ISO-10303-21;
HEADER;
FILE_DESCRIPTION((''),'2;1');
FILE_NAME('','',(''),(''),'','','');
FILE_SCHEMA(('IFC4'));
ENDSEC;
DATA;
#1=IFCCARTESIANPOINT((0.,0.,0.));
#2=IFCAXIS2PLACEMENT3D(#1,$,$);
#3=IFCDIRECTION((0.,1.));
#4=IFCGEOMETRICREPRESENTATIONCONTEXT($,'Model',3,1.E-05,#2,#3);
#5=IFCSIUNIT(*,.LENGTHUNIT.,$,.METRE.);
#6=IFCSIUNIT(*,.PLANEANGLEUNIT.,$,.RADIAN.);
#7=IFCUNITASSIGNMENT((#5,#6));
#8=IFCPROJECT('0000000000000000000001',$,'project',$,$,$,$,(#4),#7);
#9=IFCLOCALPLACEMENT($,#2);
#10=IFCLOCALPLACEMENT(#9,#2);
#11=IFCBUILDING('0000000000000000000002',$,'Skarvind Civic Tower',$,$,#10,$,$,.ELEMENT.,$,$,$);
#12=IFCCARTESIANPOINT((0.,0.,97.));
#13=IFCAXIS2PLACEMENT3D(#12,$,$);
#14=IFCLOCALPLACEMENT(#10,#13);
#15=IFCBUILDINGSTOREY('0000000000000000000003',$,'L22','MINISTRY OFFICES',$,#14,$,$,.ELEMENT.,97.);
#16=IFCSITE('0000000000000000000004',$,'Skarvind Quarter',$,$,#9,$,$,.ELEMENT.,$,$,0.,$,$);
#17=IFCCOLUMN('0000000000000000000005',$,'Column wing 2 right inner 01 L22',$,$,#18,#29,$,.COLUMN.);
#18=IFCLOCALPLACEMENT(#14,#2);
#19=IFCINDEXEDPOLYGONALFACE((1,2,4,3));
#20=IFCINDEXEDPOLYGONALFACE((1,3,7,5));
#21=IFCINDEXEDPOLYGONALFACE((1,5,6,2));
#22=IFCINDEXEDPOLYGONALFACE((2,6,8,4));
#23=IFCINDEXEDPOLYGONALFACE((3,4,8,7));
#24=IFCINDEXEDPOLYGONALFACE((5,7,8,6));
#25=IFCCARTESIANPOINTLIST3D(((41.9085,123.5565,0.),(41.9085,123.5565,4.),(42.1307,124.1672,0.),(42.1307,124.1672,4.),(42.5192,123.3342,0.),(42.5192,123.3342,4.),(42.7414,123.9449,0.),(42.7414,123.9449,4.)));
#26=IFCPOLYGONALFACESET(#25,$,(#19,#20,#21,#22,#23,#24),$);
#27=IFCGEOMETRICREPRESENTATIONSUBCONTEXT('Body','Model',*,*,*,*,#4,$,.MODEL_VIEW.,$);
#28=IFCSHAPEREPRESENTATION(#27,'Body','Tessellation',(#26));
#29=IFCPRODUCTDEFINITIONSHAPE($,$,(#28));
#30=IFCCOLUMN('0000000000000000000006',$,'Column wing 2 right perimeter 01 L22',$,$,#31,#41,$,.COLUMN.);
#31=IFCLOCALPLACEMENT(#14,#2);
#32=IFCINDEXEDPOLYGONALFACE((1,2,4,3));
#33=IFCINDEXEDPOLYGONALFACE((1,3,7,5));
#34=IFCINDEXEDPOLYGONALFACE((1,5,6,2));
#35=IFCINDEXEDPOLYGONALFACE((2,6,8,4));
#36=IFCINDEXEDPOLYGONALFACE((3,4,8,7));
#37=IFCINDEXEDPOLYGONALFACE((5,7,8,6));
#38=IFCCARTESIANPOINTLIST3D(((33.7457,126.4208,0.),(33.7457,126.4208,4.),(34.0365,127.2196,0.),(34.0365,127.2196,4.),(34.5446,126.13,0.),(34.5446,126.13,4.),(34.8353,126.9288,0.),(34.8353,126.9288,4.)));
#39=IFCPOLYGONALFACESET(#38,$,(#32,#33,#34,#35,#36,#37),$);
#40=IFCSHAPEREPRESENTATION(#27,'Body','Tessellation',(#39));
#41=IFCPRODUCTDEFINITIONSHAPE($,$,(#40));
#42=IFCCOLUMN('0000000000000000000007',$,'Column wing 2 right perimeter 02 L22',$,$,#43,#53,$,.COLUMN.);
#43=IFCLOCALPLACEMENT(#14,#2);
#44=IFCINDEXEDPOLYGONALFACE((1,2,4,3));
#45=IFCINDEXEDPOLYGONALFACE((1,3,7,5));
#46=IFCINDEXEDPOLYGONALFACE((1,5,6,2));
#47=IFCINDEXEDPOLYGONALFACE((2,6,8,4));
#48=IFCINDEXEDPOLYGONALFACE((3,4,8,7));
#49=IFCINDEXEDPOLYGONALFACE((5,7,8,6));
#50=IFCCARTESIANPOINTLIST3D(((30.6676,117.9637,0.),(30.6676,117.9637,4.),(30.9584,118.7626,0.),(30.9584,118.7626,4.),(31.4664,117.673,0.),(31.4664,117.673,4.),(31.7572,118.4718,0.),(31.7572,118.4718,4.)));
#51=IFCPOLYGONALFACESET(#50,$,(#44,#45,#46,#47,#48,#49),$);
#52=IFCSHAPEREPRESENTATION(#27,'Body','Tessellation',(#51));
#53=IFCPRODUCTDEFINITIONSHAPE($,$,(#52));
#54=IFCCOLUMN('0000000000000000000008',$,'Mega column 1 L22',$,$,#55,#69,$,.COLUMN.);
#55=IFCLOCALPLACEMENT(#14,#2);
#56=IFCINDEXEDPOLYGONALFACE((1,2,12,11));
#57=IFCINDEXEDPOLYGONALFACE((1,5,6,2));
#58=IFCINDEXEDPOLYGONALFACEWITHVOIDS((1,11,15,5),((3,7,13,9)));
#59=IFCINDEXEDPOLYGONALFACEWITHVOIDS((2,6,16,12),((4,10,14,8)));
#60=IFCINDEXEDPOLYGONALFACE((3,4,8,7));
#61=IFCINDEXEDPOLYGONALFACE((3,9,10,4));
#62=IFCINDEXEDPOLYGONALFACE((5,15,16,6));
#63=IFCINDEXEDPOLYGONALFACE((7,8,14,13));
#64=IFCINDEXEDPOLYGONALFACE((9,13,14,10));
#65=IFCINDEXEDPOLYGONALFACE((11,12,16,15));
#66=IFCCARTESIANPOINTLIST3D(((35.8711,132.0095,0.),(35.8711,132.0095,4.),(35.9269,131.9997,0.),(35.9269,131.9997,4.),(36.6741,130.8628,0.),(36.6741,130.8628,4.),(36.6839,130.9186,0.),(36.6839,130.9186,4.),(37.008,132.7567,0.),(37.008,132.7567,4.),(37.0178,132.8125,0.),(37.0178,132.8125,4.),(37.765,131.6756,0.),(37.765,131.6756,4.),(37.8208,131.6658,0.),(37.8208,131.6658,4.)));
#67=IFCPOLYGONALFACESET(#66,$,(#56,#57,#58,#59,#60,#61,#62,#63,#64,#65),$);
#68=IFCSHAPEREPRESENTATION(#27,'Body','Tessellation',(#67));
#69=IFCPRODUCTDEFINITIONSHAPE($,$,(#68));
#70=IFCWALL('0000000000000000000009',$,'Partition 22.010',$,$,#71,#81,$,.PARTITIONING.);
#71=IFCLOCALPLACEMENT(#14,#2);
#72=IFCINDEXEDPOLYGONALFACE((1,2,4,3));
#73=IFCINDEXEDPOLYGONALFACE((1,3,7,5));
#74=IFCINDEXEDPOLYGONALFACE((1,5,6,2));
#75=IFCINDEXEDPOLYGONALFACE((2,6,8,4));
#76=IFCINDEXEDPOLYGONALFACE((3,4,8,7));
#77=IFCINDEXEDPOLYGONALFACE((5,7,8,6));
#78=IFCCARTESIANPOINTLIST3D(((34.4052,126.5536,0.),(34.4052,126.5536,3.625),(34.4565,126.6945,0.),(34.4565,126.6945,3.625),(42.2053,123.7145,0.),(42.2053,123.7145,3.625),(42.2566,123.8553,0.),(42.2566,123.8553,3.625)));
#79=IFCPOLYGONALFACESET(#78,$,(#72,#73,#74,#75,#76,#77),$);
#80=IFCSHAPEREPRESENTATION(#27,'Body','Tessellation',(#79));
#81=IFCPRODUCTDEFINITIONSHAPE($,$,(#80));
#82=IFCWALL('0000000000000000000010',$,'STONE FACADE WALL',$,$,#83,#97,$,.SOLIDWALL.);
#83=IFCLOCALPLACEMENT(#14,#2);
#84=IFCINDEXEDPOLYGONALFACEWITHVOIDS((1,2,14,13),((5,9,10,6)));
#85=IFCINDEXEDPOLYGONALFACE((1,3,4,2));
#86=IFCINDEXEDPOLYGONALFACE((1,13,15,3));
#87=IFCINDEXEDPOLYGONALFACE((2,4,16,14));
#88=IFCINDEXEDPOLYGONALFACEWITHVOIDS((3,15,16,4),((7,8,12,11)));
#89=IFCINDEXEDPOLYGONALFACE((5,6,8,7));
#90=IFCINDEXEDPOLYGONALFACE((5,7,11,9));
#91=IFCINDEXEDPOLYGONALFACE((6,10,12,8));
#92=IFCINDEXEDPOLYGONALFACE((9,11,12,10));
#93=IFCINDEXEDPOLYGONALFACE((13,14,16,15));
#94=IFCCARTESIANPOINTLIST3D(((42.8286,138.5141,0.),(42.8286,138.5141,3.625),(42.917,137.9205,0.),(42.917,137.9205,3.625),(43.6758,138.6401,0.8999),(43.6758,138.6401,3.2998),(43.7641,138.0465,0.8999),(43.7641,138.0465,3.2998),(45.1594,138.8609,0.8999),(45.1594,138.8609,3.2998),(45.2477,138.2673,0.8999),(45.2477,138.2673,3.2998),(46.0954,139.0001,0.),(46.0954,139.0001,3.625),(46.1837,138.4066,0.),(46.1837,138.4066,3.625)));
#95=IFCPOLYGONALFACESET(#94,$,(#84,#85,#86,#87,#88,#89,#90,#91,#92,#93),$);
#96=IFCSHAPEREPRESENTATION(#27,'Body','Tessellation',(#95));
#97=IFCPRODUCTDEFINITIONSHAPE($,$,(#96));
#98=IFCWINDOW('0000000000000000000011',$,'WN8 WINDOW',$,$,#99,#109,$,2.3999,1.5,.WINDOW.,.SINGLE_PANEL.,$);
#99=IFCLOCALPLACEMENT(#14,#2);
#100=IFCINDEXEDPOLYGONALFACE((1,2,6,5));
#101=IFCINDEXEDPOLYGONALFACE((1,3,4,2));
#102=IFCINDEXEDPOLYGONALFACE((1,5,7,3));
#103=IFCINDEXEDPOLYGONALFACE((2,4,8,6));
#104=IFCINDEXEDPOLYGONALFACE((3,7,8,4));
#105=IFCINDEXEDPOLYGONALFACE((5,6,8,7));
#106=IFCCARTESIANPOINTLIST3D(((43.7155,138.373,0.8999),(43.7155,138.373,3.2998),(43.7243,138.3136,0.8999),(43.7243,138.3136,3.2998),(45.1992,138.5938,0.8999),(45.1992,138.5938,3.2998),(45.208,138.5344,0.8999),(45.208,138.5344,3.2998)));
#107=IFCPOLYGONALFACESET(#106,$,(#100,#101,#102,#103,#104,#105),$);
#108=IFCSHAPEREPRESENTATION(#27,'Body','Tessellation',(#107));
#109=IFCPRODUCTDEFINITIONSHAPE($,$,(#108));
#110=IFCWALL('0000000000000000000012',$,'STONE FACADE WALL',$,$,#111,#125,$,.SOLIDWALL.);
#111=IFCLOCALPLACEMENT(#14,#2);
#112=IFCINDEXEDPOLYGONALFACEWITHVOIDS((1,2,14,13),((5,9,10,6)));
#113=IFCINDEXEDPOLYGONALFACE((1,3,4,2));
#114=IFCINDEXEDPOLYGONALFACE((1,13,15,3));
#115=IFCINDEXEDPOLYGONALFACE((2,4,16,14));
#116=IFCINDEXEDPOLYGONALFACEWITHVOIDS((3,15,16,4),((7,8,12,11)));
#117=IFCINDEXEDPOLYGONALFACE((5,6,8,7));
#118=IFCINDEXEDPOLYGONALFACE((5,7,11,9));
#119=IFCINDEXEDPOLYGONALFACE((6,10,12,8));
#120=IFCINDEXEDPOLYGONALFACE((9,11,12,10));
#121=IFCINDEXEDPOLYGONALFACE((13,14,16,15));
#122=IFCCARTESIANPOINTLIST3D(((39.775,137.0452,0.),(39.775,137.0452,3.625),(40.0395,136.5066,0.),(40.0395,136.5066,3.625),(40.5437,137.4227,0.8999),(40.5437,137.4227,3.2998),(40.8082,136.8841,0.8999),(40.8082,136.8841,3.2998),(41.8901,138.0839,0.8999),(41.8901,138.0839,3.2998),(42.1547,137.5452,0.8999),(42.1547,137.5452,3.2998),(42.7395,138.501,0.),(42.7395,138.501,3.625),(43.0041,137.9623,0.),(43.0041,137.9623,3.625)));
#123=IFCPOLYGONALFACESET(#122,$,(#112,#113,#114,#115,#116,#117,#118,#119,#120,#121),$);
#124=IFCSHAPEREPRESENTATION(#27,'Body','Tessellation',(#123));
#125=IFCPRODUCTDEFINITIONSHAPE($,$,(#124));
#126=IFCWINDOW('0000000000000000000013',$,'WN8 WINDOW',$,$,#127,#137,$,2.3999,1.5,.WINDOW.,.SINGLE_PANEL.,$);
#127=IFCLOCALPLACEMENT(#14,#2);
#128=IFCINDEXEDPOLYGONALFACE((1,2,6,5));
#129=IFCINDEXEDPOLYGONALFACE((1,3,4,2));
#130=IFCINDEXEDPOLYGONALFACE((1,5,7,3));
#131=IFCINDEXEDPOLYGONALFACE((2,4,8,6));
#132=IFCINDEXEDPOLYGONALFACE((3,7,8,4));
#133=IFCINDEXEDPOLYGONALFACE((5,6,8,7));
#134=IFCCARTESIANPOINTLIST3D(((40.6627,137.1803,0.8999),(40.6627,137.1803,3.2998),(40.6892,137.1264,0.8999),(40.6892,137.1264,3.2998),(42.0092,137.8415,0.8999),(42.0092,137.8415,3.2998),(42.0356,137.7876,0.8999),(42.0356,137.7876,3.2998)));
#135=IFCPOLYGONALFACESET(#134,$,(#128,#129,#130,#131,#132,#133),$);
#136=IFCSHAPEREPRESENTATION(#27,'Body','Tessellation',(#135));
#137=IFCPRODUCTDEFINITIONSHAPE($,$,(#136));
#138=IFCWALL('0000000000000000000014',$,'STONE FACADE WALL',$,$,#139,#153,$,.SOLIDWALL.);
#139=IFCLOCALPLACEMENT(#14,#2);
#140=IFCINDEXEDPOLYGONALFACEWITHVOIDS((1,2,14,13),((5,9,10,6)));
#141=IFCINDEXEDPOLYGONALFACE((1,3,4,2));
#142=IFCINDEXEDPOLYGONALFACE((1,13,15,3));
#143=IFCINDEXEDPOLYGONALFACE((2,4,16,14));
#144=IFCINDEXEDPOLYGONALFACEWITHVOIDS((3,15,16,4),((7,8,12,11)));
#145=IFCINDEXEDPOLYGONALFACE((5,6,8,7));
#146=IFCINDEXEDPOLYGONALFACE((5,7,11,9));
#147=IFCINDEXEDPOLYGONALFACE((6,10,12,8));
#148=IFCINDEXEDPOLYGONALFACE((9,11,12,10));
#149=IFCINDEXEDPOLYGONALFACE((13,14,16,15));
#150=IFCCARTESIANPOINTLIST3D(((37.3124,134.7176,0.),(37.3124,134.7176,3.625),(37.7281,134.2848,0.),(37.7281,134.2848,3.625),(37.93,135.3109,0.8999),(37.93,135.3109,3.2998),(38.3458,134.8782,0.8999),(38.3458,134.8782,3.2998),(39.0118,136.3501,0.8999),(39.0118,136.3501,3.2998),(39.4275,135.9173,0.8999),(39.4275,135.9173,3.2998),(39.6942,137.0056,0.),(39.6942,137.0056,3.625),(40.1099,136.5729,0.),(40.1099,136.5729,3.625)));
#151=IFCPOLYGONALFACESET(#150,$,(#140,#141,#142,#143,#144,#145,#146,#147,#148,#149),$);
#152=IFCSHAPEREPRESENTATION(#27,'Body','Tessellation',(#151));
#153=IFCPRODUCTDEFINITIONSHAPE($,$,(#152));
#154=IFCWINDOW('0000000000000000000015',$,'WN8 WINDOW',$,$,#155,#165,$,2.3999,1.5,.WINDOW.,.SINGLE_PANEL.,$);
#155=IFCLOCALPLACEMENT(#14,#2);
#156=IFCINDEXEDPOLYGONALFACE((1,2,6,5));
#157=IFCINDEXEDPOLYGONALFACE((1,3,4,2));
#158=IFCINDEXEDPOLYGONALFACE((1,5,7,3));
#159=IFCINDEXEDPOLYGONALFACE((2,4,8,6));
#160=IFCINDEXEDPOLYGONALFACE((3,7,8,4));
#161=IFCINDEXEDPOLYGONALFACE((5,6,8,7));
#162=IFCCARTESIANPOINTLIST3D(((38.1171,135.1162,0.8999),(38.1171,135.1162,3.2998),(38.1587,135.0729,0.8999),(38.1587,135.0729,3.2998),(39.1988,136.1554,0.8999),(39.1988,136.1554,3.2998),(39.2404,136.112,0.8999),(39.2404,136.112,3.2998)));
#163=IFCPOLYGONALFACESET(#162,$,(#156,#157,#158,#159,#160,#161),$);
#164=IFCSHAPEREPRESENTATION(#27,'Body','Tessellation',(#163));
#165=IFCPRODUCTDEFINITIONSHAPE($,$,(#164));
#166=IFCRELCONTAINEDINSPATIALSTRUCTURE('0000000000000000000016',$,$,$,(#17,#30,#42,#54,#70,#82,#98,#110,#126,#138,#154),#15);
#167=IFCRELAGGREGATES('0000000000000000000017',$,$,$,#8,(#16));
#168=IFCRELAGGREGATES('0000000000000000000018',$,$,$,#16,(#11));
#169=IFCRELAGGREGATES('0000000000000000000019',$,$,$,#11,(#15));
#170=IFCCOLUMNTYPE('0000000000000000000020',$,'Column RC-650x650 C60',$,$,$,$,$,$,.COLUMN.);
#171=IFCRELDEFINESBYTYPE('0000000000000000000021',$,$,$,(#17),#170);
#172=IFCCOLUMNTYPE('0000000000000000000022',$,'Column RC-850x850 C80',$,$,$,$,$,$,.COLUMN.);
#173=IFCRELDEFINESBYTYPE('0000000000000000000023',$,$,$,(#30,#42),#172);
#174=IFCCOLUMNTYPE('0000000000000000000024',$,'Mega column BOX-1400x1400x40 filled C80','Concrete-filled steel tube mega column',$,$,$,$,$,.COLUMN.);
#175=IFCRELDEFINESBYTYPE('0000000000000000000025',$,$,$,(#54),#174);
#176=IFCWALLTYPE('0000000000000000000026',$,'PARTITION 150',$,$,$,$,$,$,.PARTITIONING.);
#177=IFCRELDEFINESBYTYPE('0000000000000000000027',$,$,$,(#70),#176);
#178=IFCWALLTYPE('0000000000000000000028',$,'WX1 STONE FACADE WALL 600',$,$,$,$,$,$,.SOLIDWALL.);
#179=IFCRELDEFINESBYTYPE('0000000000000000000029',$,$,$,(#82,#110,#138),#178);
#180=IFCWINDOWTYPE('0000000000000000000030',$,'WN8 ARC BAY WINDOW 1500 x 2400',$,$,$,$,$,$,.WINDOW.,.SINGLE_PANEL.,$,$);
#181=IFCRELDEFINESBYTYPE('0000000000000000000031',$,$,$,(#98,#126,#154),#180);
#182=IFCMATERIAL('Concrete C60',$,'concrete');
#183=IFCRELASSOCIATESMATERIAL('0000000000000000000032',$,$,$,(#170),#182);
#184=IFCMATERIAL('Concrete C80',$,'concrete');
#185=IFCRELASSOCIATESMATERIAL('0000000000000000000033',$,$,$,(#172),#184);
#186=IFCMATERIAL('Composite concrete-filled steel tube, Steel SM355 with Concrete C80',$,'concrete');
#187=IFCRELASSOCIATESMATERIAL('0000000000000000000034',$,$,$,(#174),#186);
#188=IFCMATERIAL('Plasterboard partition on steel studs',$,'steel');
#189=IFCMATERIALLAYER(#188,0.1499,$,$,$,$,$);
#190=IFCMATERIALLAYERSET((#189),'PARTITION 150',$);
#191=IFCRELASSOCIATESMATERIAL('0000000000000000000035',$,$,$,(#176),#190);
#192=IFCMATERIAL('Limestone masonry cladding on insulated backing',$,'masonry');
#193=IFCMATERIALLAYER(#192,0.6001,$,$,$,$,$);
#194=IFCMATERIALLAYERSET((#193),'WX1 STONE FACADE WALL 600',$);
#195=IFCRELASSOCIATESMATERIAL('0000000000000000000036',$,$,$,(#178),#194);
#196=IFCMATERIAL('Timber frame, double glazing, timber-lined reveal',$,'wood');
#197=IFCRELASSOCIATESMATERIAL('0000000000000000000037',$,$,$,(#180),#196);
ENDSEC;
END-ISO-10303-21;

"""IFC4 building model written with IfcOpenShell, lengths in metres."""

from ifc_helpers import new_model, si_unit, direction, frame, frame_2d, origin, origin_2d, place, context, subcontext, project, spatial, rectangle, hollow_rectangle, extrude, material, layer, layer_set, material_profile, profile_set, type_object, element, fill, save


model = new_model("IFC4")

# Units and contexts
model_context = context("Model", 3, precision=1e-05, world=origin(), true_north=direction((0.0, 1.0)))
body_context = subcontext(model_context, "Body", "Model", "MODEL_VIEW")
ifc_project = project(units=[si_unit("LENGTHUNIT", "METRE"), si_unit("PLANEANGLEUNIT", "RADIAN")], contexts=[model_context])

# Site, building, storey
site_placement = place(None, origin())
site = spatial("IfcSite", under=ifc_project, at=site_placement, Name="Skarvind Quarter", CompositionType="ELEMENT", RefElevation=0.0)
building_placement = place(site_placement, origin())
building = spatial("IfcBuilding", under=site, at=building_placement, Name="Skarvind Civic Tower", CompositionType="ELEMENT")
storey_placement = place(building_placement, frame((0.0, 0.0, 97.0)))
storey = spatial("IfcBuildingStorey", under=building, at=storey_placement, Name="L22", Description="MINISTRY OFFICES", CompositionType="ELEMENT", Elevation=97.0)

# Columns
ifc_material_1 = material(Name="Concrete C60", Category="concrete")
ifc_material_profile_1 = material_profile(ifc_material_1, rectangle(XDim=0.6499, YDim=0.6499, at=origin_2d()), Name="RC-650x650")
ifc_profile_set_1 = profile_set([ifc_material_profile_1], Name="Concrete C60")
column_type_1 = type_object("IfcColumnType", Name="Column RC-650x650 C60", PredefinedType="COLUMN", material=ifc_profile_set_1)
column_1_placement = place(storey_placement, frame((42.325, 123.7507, 0.0), z_axis=(0.0, 0.0, 1.0), x_axis=(-0.34202, -0.939693, 0.0)))
element("IfcColumn", 1, at=column_1_placement, inside=storey, type_object=column_type_1, Name="Column wing 2 right inner 01 L22", PredefinedType="COLUMN", context=body_context, shape_type="SweptSolid", body=[
    extrude(rectangle(XDim=0.6499, YDim=0.6499, at=origin_2d()), origin(), (0.0, 0.0, 1.0), 4.0),
])
ifc_material_2 = material(Name="Concrete C80", Category="concrete")
ifc_material_profile_2 = material_profile(ifc_material_2, rectangle(XDim=0.8501, YDim=0.8501, at=origin_2d()), Name="RC-850x850")
ifc_profile_set_2 = profile_set([ifc_material_profile_2], Name="Concrete C80")
column_type_2 = type_object("IfcColumnType", Name="Column RC-850x850 C80", PredefinedType="COLUMN", material=ifc_profile_set_2)
for number, where, z_axis, x_axis, name in (
    (2, (34.2905, 126.6748, 0.0), (0.0, 0.0, 1.0), (-0.34202, -0.939693, 0.0), "Column wing 2 right perimeter 01 L22"),
    (3, (31.2124, 118.2178, 0.0), (0.0, 0.0, 1.0), (-0.34202, -0.939693, 0.0), "Column wing 2 right perimeter 02 L22"),
):
    element("IfcColumn", number, at=place(storey_placement, frame(where, z_axis=z_axis, x_axis=x_axis)), inside=storey, type_object=column_type_2, Name=name, PredefinedType="COLUMN", context=body_context, shape_type="SweptSolid", body=[
        extrude(rectangle(XDim=0.8501, YDim=0.8501, at=origin_2d()), origin(), (0.0, 0.0, 1.0), 4.0),
    ])
ifc_material_3 = material(Name="Composite concrete-filled steel tube, Steel SM355 with Concrete C80", Category="concrete")
ifc_material_profile_3 = material_profile(ifc_material_3, hollow_rectangle(XDim=1.3999, YDim=1.3999, WallThickness=0.04, at=origin_2d()), Name="BOX-1400x1400x40")
ifc_profile_set_3 = profile_set([ifc_material_profile_3], Name="Composite concrete-filled steel tube, Steel SM355 with Concrete C80")
column_type_3 = type_object("IfcColumnType", Name="Mega column BOX-1400x1400x40 filled C80", Description="Concrete-filled steel tube mega column", PredefinedType="COLUMN", material=ifc_profile_set_3)
column_2_placement = place(storey_placement, frame((36.8459, 131.8376, 0.0), z_axis=(0.0, 0.0, 1.0), x_axis=(0.573576, -0.819152, 0.0)))
element("IfcColumn", 4, at=column_2_placement, inside=storey, type_object=column_type_3, Name="Mega column 1 L22", PredefinedType="COLUMN", context=body_context, shape_type="SweptSolid", body=[
    extrude(hollow_rectangle(XDim=1.3999, YDim=1.3999, WallThickness=0.04, at=origin_2d()), origin(), (0.0, 0.0, 1.0), 4.0),
])

# Wall
ifc_material_4 = material(Name="Plasterboard partition on steel studs", Category="steel")
ifc_layer_1 = layer(ifc_material_4, 0.1499)
ifc_layer_set_1 = layer_set([ifc_layer_1], Name="PARTITION 150")
wall_type_1 = type_object("IfcWallType", Name="PARTITION 150", PredefinedType="PARTITIONING", material=ifc_layer_set_1)
wall_1_placement = place(storey_placement, frame((42.231, 123.7849, 0.0), z_axis=(0.0, 0.0, 1.0), x_axis=(-0.939688, 0.342034, 0.0)))
element("IfcWall", 5, at=wall_1_placement, inside=storey, type_object=wall_type_1, Name="Partition 22.010", PredefinedType="PARTITIONING", context=body_context, shape_type="SweptSolid", body=[
    extrude(rectangle(XDim=8.3008, YDim=0.1499, at=frame_2d((4.1504, 0.0))), origin(), (0.0, 0.0, 1.0), 3.625),
])

# Walls, openings, windows
ifc_material_5 = material(Name="Limestone masonry cladding on insulated backing", Category="masonry")
ifc_layer_2 = layer(ifc_material_5, 0.6001)
ifc_layer_set_2 = layer_set([ifc_layer_2], Name="WX1 STONE FACADE WALL 600")
wall_type_2 = type_object("IfcWallType", Name="WX1 STONE FACADE WALL 600", PredefinedType="SOLIDWALL", material=ifc_layer_set_2)
wall_2_placement = place(storey_placement, frame((42.8728, 138.2173, 0.0), z_axis=(0.0, 0.0, 1.0), x_axis=(0.989111, 0.147173, 0.0)))
wall_2 = element("IfcWall", 6, at=wall_2_placement, inside=storey, type_object=wall_type_2, Name="STONE FACADE WALL", PredefinedType="SOLIDWALL", context=body_context, shape_type="SweptSolid", body=[
    extrude(rectangle(XDim=3.3027, YDim=0.6001, at=frame_2d((1.6514, 0.0))), origin(), (0.0, 0.0, 1.0), 3.625),
])
opening_1_placement = place(wall_2_placement, frame((0.8564, 0.0, 0.8999)))
opening_1 = element("IfcOpeningElement", 7, at=opening_1_placement, cuts=wall_2, PredefinedType="OPENING", context=body_context, shape_type="SweptSolid", body=[
    extrude(rectangle(XDim=1.5, YDim=2.3999, at=frame_2d((0.75, 1.2))), frame((0.0, 0.3101, 0.0), z_axis=(0.0, -1.0, 0.0), x_axis=(1.0, 0.0, 0.0)), (0.0, 0.0, 1.0), 0.6201),
])
ifc_material_6 = material(Name="Timber frame, double glazing, timber-lined reveal", Category="wood")
window_type = type_object("IfcWindowType", Name="WN8 ARC BAY WINDOW 1500 x 2400", PartitioningType="SINGLE_PANEL", PredefinedType="WINDOW", material=ifc_material_6)
window_1_placement = place(opening_1_placement, origin())
window_1 = element("IfcWindow", 8, at=window_1_placement, inside=storey, type_object=window_type, Name="WN8 WINDOW", OverallHeight=2.3999, OverallWidth=1.5, PartitioningType="SINGLE_PANEL", PredefinedType="WINDOW", context=body_context, shape_type="SweptSolid", body=[
    extrude(rectangle(XDim=1.5, YDim=2.3999, at=frame_2d((0.75, 1.2))), frame((0.0, 0.03, 0.0), z_axis=(0.0, -1.0, 0.0), x_axis=(1.0, 0.0, 0.0)), (0.0, 0.0, 1.0), 0.0601),
])
fill(opening_1, window_1)
wall_3_placement = place(storey_placement, frame((39.9072, 136.7759, 0.0), z_axis=(0.0, 0.0, 1.0), x_axis=(0.897612, 0.440786, 0.0)))
wall_3 = element("IfcWall", 9, at=wall_3_placement, inside=storey, type_object=wall_type_2, Name="STONE FACADE WALL", PredefinedType="SOLIDWALL", context=body_context, shape_type="SweptSolid", body=[
    extrude(rectangle(XDim=3.3027, YDim=0.6001, at=frame_2d((1.6514, 0.0))), origin(), (0.0, 0.0, 1.0), 3.625),
])
opening_2_placement = place(wall_3_placement, frame((0.8564, 0.0, 0.8999)))
opening_2 = element("IfcOpeningElement", 10, at=opening_2_placement, cuts=wall_3, PredefinedType="OPENING", context=body_context, shape_type="SweptSolid", body=[
    extrude(rectangle(XDim=1.5, YDim=2.3999, at=frame_2d((0.75, 1.2))), frame((0.0, 0.3101, 0.0), z_axis=(0.0, -1.0, 0.0), x_axis=(1.0, 0.0, 0.0)), (0.0, 0.0, 1.0), 0.6201),
])
window_2_placement = place(opening_2_placement, origin())
window_2 = element("IfcWindow", 11, at=window_2_placement, inside=storey, type_object=window_type, Name="WN8 WINDOW", OverallHeight=2.3999, OverallWidth=1.5, PartitioningType="SINGLE_PANEL", PredefinedType="WINDOW", context=body_context, shape_type="SweptSolid", body=[
    extrude(rectangle(XDim=1.5, YDim=2.3999, at=frame_2d((0.75, 1.2))), frame((0.0, 0.03, 0.0), z_axis=(0.0, -1.0, 0.0), x_axis=(1.0, 0.0, 0.0)), (0.0, 0.0, 1.0), 0.0601),
])
fill(opening_2, window_2)
wall_4_placement = place(storey_placement, frame((37.5203, 134.5012, 0.0), z_axis=(0.0, 0.0, 1.0), x_axis=(0.721157, 0.692772, 0.0)))
wall_4 = element("IfcWall", 12, at=wall_4_placement, inside=storey, type_object=wall_type_2, Name="STONE FACADE WALL", PredefinedType="SOLIDWALL", context=body_context, shape_type="SweptSolid", body=[
    extrude(rectangle(XDim=3.3027, YDim=0.6001, at=frame_2d((1.6514, 0.0))), origin(), (0.0, 0.0, 1.0), 3.625),
])
opening_3_placement = place(wall_4_placement, frame((0.8564, 0.0, 0.8999)))
opening_3 = element("IfcOpeningElement", 13, at=opening_3_placement, cuts=wall_4, PredefinedType="OPENING", context=body_context, shape_type="SweptSolid", body=[
    extrude(rectangle(XDim=1.5, YDim=2.3999, at=frame_2d((0.75, 1.2))), frame((0.0, 0.3101, 0.0), z_axis=(0.0, -1.0, 0.0), x_axis=(1.0, 0.0, 0.0)), (0.0, 0.0, 1.0), 0.6201),
])
window_3_placement = place(opening_3_placement, origin())
window_3 = element("IfcWindow", 14, at=window_3_placement, inside=storey, type_object=window_type, Name="WN8 WINDOW", OverallHeight=2.3999, OverallWidth=1.5, PartitioningType="SINGLE_PANEL", PredefinedType="WINDOW", context=body_context, shape_type="SweptSolid", body=[
    extrude(rectangle(XDim=1.5, YDim=2.3999, at=frame_2d((0.75, 1.2))), frame((0.0, 0.03, 0.0), z_axis=(0.0, -1.0, 0.0), x_axis=(1.0, 0.0, 0.0)), (0.0, 0.0, 1.0), 0.0601),
])
fill(opening_3, window_3)

save(model, "model.ifc")
